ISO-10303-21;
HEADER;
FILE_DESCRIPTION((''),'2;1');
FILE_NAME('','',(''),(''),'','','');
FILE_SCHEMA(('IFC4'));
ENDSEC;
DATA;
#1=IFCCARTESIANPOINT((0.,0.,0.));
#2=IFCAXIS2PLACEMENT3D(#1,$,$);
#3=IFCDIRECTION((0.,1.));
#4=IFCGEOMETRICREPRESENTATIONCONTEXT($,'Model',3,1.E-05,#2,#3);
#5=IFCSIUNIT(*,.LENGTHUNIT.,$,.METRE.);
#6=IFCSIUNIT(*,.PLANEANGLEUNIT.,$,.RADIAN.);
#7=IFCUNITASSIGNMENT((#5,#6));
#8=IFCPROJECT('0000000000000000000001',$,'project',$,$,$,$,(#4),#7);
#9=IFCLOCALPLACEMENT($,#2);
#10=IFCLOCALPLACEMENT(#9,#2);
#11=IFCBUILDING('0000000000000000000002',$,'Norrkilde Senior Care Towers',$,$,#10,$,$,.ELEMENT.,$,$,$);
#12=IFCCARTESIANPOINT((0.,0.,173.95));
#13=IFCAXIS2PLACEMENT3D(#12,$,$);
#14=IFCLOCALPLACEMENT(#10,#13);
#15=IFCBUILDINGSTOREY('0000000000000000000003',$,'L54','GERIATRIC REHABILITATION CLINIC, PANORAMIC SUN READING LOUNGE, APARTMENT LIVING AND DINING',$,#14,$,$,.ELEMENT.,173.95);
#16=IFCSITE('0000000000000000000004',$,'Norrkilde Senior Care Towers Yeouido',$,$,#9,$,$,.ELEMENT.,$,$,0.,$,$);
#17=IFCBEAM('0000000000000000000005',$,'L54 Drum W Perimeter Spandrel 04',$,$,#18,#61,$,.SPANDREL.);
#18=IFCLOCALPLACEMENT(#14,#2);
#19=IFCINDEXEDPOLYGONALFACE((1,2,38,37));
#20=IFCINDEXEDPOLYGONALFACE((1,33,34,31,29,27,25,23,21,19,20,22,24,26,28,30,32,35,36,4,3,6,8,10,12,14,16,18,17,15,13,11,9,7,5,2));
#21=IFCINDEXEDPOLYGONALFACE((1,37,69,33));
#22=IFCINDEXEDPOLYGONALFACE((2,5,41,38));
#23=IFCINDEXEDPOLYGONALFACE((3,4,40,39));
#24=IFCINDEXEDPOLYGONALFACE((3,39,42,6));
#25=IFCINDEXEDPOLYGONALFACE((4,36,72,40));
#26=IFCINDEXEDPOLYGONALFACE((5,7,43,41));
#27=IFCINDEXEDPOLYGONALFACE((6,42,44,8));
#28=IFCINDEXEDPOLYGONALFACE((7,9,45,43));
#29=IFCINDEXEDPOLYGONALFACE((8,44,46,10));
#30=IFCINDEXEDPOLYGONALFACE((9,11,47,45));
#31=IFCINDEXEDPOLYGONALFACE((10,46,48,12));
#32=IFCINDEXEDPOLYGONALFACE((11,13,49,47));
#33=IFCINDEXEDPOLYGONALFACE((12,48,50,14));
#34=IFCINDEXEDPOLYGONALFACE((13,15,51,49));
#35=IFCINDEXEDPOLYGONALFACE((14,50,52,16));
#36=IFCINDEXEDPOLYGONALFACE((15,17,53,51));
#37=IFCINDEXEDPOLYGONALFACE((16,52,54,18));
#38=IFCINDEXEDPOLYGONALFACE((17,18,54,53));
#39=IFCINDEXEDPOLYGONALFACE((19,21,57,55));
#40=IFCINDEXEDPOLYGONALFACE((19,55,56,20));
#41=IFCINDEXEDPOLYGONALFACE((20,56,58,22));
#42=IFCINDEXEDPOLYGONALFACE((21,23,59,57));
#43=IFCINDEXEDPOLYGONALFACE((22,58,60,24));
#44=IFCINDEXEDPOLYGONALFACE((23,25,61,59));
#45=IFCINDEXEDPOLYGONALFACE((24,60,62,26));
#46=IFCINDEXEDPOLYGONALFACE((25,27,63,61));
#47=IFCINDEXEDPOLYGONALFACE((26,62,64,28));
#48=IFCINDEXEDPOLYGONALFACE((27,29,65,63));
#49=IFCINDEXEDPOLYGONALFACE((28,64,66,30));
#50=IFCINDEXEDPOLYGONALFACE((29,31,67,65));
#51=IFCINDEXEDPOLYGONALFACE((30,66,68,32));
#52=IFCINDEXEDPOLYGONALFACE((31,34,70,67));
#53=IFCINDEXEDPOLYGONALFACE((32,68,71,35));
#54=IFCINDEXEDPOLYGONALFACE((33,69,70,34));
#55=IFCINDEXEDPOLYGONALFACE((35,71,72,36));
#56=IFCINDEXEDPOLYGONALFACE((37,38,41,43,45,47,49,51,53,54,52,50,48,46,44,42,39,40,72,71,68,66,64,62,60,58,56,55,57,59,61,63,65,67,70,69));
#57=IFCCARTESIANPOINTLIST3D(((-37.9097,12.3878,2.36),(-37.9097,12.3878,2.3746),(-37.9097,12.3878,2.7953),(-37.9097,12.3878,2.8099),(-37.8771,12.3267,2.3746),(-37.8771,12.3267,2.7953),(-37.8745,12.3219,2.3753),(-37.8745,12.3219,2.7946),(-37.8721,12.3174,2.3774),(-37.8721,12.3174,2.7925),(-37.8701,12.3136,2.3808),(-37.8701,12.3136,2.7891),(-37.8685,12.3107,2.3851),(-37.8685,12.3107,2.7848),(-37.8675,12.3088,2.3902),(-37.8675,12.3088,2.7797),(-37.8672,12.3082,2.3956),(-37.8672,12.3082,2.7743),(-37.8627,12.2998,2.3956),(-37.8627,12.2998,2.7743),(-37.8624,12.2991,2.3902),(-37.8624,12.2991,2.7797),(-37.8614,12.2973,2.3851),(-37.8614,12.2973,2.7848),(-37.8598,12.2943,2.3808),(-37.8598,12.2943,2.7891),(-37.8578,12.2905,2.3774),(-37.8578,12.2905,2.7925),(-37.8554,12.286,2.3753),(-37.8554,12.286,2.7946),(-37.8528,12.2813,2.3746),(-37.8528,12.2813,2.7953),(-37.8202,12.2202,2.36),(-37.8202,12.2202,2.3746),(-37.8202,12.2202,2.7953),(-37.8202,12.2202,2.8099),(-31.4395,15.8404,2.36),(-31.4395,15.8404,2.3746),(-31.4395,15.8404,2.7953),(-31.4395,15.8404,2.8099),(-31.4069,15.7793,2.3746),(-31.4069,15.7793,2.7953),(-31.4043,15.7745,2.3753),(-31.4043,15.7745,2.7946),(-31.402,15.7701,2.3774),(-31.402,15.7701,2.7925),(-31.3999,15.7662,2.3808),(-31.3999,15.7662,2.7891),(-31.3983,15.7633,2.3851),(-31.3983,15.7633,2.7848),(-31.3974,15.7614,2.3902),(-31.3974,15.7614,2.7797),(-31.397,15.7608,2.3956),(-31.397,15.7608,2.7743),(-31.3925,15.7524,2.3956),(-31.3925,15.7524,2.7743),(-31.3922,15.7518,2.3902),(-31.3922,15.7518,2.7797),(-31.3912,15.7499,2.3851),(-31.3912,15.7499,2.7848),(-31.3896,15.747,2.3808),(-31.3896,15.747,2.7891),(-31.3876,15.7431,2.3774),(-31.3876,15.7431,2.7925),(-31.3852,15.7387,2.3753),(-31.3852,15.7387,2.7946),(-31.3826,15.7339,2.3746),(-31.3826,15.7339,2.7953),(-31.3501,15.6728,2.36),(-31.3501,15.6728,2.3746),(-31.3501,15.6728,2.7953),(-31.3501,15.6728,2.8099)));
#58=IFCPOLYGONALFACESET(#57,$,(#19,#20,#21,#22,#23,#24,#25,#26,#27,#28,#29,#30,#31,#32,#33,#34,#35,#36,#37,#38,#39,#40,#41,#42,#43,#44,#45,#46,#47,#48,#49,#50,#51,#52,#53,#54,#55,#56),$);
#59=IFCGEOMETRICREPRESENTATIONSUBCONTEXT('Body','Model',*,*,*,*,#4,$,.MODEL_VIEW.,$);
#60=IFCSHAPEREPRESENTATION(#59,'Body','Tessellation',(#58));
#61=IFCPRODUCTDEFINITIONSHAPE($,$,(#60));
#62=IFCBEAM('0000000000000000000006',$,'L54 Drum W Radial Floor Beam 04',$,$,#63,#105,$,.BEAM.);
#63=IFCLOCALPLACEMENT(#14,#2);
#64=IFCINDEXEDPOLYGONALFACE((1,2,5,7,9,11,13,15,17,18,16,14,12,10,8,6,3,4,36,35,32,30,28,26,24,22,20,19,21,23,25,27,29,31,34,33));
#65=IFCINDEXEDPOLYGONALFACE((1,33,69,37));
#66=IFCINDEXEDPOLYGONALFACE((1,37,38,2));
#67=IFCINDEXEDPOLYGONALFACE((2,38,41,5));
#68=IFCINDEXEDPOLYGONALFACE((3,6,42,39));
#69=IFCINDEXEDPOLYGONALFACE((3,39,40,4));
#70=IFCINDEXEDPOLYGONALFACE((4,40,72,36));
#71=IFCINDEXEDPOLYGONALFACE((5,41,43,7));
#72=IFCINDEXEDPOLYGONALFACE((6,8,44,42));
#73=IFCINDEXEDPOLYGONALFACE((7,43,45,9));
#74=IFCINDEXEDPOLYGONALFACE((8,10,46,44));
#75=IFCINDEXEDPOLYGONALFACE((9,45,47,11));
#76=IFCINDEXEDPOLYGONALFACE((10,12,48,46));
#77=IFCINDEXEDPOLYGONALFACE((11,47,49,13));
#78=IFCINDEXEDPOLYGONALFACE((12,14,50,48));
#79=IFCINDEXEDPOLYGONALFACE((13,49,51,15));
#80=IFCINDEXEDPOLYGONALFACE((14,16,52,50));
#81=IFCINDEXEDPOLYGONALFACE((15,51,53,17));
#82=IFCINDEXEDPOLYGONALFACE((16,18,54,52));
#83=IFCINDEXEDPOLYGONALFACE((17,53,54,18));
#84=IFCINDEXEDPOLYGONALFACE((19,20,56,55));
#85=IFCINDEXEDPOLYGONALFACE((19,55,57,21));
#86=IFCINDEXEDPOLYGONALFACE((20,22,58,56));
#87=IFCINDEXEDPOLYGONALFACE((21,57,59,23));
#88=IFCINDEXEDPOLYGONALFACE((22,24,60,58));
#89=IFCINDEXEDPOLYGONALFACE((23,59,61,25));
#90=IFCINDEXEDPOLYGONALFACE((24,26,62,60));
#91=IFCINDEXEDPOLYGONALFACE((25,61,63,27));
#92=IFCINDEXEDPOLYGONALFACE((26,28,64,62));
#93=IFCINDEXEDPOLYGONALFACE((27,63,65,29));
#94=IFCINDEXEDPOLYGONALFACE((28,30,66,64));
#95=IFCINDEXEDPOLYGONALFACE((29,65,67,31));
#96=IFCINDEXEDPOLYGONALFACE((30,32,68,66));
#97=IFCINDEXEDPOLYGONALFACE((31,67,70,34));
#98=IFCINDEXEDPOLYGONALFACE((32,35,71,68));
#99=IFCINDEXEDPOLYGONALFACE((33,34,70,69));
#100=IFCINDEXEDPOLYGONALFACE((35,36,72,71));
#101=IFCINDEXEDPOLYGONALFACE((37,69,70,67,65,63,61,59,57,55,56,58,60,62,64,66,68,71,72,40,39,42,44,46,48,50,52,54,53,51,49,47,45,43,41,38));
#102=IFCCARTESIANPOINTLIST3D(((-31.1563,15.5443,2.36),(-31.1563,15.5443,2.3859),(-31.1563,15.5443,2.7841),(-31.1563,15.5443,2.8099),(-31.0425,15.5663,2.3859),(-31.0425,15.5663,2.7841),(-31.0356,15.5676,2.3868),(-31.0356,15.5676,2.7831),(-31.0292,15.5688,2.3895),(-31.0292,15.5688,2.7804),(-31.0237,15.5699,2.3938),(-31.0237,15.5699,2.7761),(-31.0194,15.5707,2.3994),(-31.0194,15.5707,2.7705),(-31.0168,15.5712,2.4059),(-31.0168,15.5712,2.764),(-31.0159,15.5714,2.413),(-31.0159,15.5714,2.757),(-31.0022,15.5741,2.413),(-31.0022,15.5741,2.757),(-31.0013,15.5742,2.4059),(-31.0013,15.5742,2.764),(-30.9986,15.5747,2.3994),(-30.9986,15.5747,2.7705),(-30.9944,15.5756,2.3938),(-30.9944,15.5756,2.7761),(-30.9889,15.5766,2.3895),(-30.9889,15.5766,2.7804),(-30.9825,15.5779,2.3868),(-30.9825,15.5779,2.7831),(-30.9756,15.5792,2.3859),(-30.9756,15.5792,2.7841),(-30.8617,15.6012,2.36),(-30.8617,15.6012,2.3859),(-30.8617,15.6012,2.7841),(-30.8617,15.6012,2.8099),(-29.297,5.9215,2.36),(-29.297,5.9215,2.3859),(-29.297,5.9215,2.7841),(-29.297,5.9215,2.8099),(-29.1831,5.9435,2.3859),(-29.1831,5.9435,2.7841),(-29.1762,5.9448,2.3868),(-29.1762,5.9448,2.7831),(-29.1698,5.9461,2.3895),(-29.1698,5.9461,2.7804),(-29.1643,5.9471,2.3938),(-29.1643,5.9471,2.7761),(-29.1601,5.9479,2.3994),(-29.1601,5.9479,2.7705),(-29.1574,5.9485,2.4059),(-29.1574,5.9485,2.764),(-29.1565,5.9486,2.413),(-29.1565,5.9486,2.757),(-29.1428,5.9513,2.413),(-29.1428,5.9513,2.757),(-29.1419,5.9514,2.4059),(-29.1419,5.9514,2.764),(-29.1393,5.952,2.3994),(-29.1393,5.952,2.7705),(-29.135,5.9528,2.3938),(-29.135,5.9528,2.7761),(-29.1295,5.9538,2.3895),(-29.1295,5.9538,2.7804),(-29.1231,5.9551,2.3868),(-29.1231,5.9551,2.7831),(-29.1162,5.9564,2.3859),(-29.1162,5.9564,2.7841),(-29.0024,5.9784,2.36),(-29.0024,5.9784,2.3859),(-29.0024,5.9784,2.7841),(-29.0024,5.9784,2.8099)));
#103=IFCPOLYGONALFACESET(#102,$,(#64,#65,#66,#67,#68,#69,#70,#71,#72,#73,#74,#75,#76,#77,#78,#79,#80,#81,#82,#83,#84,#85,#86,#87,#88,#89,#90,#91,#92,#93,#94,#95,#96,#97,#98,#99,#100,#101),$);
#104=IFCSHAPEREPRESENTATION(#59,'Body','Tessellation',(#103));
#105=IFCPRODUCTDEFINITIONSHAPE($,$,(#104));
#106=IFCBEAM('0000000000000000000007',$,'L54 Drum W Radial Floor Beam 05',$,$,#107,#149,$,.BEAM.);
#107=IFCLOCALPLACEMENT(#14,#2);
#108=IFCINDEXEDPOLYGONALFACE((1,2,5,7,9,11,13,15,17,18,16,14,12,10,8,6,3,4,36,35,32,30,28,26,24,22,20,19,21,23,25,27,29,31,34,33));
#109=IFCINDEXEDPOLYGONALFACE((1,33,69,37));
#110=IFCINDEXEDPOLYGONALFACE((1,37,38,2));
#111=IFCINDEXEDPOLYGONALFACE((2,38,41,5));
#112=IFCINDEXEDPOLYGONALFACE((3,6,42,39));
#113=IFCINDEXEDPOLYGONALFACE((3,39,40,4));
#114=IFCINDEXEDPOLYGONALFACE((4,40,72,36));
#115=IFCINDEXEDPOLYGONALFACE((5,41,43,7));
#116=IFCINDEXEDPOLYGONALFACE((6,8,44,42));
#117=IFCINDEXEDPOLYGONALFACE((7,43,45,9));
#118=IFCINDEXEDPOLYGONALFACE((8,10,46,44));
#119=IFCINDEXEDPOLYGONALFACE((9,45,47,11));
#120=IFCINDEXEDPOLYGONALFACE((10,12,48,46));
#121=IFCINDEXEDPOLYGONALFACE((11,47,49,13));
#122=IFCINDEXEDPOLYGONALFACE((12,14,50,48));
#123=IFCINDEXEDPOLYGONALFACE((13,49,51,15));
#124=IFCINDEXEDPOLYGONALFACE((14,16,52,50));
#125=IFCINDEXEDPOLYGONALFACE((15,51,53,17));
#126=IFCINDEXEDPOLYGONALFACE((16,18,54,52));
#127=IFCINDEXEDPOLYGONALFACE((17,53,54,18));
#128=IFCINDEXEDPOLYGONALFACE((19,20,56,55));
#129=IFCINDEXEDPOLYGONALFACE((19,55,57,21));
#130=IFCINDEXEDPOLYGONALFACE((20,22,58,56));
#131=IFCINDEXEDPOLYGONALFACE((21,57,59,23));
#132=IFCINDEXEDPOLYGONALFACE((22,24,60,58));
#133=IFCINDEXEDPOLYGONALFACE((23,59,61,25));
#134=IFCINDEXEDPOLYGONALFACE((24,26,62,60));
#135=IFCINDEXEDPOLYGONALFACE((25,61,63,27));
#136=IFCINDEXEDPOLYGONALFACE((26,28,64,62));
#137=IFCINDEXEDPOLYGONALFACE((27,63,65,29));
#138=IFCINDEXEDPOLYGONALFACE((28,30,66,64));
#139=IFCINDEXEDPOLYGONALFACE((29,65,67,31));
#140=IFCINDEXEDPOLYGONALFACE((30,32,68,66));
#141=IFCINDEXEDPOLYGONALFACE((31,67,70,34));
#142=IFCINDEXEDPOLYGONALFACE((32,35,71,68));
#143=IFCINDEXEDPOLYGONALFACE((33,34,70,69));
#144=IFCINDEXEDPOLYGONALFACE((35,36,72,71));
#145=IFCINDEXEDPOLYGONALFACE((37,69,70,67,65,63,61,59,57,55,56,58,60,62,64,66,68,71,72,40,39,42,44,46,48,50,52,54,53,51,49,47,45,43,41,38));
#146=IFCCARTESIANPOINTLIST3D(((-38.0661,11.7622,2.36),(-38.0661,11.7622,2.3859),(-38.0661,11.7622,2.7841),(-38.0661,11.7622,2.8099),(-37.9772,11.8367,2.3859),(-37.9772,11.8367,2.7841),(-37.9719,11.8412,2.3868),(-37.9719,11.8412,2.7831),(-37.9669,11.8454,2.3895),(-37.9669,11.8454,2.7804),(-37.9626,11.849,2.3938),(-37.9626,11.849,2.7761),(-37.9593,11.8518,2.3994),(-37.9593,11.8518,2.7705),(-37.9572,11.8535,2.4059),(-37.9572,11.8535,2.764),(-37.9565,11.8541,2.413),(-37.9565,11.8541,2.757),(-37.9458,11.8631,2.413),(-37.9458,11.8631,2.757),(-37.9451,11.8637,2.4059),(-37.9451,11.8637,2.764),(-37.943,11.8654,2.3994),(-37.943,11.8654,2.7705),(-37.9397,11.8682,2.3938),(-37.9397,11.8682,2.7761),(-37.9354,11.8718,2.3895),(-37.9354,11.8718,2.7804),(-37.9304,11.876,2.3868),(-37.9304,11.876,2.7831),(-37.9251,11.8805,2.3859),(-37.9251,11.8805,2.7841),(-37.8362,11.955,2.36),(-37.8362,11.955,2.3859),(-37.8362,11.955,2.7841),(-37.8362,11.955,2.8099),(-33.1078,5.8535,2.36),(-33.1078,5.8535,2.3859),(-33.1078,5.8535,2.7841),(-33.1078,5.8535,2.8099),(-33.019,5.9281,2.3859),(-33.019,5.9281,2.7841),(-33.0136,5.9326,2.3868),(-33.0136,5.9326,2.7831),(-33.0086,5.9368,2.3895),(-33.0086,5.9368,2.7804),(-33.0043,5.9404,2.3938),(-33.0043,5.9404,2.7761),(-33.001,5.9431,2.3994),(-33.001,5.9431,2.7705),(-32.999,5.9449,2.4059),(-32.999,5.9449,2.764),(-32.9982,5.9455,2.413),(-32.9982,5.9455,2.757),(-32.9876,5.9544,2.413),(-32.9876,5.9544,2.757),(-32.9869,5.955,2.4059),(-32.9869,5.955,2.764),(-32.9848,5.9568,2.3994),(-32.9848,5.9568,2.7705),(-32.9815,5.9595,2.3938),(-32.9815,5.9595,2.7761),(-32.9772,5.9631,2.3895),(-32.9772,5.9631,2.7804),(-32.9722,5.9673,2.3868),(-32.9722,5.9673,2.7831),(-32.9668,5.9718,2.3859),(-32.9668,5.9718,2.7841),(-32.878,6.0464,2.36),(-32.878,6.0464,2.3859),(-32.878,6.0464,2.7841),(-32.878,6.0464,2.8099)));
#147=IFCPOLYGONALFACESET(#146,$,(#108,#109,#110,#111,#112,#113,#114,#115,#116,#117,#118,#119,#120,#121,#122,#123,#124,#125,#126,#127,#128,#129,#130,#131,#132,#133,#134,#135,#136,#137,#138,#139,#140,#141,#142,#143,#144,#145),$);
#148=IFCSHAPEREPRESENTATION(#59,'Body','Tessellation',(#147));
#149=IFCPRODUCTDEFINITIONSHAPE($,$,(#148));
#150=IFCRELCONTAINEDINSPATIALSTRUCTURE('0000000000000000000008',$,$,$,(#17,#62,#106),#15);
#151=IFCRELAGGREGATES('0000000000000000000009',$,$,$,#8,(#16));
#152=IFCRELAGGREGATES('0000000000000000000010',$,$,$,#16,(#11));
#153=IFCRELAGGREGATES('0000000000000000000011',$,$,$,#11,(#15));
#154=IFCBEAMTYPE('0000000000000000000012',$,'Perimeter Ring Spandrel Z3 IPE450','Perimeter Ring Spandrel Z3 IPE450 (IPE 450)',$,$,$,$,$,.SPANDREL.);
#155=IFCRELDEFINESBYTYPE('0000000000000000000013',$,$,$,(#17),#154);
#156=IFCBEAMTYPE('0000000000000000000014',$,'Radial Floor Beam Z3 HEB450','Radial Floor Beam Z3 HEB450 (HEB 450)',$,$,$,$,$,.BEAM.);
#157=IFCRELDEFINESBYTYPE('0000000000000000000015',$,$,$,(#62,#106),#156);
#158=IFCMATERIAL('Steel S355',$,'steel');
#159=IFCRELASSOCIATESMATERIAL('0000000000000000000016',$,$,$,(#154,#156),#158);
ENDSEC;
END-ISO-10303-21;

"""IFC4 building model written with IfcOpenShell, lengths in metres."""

from ifc_helpers import new_model, si_unit, direction, frame, origin, origin_2d, place, context, subcontext, project, spatial, i_section, extrude, source, transform, mapped, material, material_profile, profile_set, type_object, type_shapes, element, save


model = new_model("IFC4")

# Units and contexts
model_context = context("Model", 3, precision=1e-05, world=origin(), true_north=direction((0.0, 1.0)))
body_context = subcontext(model_context, "Body", "Model", "MODEL_VIEW")
ifc_project = project(units=[si_unit("LENGTHUNIT", "METRE"), si_unit("PLANEANGLEUNIT", "RADIAN")], contexts=[model_context])

# Site, building, storey
site_placement = place(None, origin())
site = spatial("IfcSite", under=ifc_project, at=site_placement, Name="Norrkilde Senior Care Towers Yeouido", CompositionType="ELEMENT", RefElevation=0.0)
building_placement = place(site_placement, origin())
building = spatial("IfcBuilding", under=site, at=building_placement, Name="Norrkilde Senior Care Towers", CompositionType="ELEMENT")
storey_placement = place(building_placement, frame((0.0, 0.0, 173.95)))
storey = spatial("IfcBuildingStorey", under=building, at=storey_placement, Name="L54", Description="GERIATRIC REHABILITATION CLINIC, PANORAMIC SUN READING LOUNGE, APARTMENT LIVING AND DINING", CompositionType="ELEMENT", Elevation=173.95)

# Beams
ifc_material_1 = material(Name="Steel S355", Category="steel")
ifc_material_profile_1 = material_profile(ifc_material_1, i_section(OverallWidth=0.1899, OverallDepth=0.45, WebThickness=0.0095, FlangeThickness=0.0146, FilletRadius=0.021, at=origin_2d()), Name="IPE 450")
ifc_profile_set_1 = profile_set([ifc_material_profile_1], Name="Steel S355")
beam_type_1 = type_object("IfcBeamType", Name="Perimeter Ring Spandrel Z3 IPE450", Description="Perimeter Ring Spandrel Z3 IPE450 (IPE 450)", PredefinedType="SPANDREL", material=ifc_profile_set_1)
shared_shape_1 = source(origin(), body_context, "Body", "SweptSolid", [
    extrude(i_section(OverallWidth=0.1899, OverallDepth=0.45, WebThickness=0.0095, FlangeThickness=0.0146, FilletRadius=0.021, at=origin_2d()), origin(), (0.0, 0.0, 1.0), 7.3337),
])
beam_1_placement = place(storey_placement, frame((-31.3948, 15.7566, 2.585), z_axis=(-0.882248, -0.470785, 0.0), x_axis=(0.470785, -0.882248, 0.0)))
element("IfcBeam", 1, at=beam_1_placement, inside=storey, type_object=beam_type_1, Name="L54 Drum W Perimeter Spandrel 04", PredefinedType="SPANDREL", context=body_context, shape_type="MappedRepresentation", body=[
    mapped(shared_shape_1, transform((0.0, 0.0, 0.0), x_axis=(1.0, 0.0, 0.0), y_axis=(0.0, 1.0, 0.0), z_axis=(0.0, 0.0, 1.0), scale=1.0)),
])
ifc_material_profile_2 = material_profile(ifc_material_1, i_section(OverallWidth=0.3, OverallDepth=0.45, WebThickness=0.0139, FlangeThickness=0.0259, FilletRadius=0.0271, at=origin_2d()), Name="HEB 450")
ifc_profile_set_2 = profile_set([ifc_material_profile_2], Name="Steel S355")
beam_type_2 = type_object("IfcBeamType", Name="Radial Floor Beam Z3 HEB450", Description="Radial Floor Beam Z3 HEB450 (HEB 450)", PredefinedType="BEAM", material=ifc_profile_set_2)
shared_shape_2 = source(origin(), body_context, "Body", "SweptSolid", [
    extrude(i_section(OverallWidth=0.3, OverallDepth=0.45, WebThickness=0.0139, FlangeThickness=0.0259, FilletRadius=0.0271, at=origin_2d()), origin(), (0.0, 0.0, 1.0), 9.8008),
])
beam_2_placement = place(storey_placement, frame((-29.1497, 5.95, 2.585), z_axis=(-0.189717, 0.981839, 0.0), x_axis=(-0.981839, -0.189717, 0.0)))
element("IfcBeam", 2, at=beam_2_placement, inside=storey, type_object=beam_type_2, Name="L54 Drum W Radial Floor Beam 04", PredefinedType="BEAM", context=body_context, shape_type="MappedRepresentation", body=[
    mapped(shared_shape_2, transform((0.0, 0.0, 0.0), x_axis=(1.0, 0.0, 0.0), y_axis=(0.0, 1.0, 0.0), z_axis=(0.0, 0.0, 1.0), scale=1.0)),
])
shared_shape_3 = source(origin(), body_context, "Body", "SweptSolid", [
    extrude(i_section(OverallWidth=0.3, OverallDepth=0.45, WebThickness=0.0139, FlangeThickness=0.0259, FilletRadius=0.0271, at=origin_2d()), origin(), (0.0, 0.0, 1.0), 7.7134),
])
type_shapes(beam_type_2, [shared_shape_2, shared_shape_3])
beam_3_placement = place(storey_placement, frame((-32.9929, 5.95, 2.585), z_axis=(-0.642808, 0.766027, 0.0), x_axis=(-0.766027, -0.642808, 0.0)))
element("IfcBeam", 3, at=beam_3_placement, inside=storey, type_object=beam_type_2, Name="L54 Drum W Radial Floor Beam 05", PredefinedType="BEAM", context=body_context, shape_type="MappedRepresentation", body=[
    mapped(shared_shape_3, transform((0.0, 0.0, 0.0), x_axis=(1.0, 0.0, 0.0), y_axis=(0.0, 1.0, 0.0), z_axis=(0.0, 0.0, 1.0), scale=1.0)),
])

save(model, "model.ifc")
